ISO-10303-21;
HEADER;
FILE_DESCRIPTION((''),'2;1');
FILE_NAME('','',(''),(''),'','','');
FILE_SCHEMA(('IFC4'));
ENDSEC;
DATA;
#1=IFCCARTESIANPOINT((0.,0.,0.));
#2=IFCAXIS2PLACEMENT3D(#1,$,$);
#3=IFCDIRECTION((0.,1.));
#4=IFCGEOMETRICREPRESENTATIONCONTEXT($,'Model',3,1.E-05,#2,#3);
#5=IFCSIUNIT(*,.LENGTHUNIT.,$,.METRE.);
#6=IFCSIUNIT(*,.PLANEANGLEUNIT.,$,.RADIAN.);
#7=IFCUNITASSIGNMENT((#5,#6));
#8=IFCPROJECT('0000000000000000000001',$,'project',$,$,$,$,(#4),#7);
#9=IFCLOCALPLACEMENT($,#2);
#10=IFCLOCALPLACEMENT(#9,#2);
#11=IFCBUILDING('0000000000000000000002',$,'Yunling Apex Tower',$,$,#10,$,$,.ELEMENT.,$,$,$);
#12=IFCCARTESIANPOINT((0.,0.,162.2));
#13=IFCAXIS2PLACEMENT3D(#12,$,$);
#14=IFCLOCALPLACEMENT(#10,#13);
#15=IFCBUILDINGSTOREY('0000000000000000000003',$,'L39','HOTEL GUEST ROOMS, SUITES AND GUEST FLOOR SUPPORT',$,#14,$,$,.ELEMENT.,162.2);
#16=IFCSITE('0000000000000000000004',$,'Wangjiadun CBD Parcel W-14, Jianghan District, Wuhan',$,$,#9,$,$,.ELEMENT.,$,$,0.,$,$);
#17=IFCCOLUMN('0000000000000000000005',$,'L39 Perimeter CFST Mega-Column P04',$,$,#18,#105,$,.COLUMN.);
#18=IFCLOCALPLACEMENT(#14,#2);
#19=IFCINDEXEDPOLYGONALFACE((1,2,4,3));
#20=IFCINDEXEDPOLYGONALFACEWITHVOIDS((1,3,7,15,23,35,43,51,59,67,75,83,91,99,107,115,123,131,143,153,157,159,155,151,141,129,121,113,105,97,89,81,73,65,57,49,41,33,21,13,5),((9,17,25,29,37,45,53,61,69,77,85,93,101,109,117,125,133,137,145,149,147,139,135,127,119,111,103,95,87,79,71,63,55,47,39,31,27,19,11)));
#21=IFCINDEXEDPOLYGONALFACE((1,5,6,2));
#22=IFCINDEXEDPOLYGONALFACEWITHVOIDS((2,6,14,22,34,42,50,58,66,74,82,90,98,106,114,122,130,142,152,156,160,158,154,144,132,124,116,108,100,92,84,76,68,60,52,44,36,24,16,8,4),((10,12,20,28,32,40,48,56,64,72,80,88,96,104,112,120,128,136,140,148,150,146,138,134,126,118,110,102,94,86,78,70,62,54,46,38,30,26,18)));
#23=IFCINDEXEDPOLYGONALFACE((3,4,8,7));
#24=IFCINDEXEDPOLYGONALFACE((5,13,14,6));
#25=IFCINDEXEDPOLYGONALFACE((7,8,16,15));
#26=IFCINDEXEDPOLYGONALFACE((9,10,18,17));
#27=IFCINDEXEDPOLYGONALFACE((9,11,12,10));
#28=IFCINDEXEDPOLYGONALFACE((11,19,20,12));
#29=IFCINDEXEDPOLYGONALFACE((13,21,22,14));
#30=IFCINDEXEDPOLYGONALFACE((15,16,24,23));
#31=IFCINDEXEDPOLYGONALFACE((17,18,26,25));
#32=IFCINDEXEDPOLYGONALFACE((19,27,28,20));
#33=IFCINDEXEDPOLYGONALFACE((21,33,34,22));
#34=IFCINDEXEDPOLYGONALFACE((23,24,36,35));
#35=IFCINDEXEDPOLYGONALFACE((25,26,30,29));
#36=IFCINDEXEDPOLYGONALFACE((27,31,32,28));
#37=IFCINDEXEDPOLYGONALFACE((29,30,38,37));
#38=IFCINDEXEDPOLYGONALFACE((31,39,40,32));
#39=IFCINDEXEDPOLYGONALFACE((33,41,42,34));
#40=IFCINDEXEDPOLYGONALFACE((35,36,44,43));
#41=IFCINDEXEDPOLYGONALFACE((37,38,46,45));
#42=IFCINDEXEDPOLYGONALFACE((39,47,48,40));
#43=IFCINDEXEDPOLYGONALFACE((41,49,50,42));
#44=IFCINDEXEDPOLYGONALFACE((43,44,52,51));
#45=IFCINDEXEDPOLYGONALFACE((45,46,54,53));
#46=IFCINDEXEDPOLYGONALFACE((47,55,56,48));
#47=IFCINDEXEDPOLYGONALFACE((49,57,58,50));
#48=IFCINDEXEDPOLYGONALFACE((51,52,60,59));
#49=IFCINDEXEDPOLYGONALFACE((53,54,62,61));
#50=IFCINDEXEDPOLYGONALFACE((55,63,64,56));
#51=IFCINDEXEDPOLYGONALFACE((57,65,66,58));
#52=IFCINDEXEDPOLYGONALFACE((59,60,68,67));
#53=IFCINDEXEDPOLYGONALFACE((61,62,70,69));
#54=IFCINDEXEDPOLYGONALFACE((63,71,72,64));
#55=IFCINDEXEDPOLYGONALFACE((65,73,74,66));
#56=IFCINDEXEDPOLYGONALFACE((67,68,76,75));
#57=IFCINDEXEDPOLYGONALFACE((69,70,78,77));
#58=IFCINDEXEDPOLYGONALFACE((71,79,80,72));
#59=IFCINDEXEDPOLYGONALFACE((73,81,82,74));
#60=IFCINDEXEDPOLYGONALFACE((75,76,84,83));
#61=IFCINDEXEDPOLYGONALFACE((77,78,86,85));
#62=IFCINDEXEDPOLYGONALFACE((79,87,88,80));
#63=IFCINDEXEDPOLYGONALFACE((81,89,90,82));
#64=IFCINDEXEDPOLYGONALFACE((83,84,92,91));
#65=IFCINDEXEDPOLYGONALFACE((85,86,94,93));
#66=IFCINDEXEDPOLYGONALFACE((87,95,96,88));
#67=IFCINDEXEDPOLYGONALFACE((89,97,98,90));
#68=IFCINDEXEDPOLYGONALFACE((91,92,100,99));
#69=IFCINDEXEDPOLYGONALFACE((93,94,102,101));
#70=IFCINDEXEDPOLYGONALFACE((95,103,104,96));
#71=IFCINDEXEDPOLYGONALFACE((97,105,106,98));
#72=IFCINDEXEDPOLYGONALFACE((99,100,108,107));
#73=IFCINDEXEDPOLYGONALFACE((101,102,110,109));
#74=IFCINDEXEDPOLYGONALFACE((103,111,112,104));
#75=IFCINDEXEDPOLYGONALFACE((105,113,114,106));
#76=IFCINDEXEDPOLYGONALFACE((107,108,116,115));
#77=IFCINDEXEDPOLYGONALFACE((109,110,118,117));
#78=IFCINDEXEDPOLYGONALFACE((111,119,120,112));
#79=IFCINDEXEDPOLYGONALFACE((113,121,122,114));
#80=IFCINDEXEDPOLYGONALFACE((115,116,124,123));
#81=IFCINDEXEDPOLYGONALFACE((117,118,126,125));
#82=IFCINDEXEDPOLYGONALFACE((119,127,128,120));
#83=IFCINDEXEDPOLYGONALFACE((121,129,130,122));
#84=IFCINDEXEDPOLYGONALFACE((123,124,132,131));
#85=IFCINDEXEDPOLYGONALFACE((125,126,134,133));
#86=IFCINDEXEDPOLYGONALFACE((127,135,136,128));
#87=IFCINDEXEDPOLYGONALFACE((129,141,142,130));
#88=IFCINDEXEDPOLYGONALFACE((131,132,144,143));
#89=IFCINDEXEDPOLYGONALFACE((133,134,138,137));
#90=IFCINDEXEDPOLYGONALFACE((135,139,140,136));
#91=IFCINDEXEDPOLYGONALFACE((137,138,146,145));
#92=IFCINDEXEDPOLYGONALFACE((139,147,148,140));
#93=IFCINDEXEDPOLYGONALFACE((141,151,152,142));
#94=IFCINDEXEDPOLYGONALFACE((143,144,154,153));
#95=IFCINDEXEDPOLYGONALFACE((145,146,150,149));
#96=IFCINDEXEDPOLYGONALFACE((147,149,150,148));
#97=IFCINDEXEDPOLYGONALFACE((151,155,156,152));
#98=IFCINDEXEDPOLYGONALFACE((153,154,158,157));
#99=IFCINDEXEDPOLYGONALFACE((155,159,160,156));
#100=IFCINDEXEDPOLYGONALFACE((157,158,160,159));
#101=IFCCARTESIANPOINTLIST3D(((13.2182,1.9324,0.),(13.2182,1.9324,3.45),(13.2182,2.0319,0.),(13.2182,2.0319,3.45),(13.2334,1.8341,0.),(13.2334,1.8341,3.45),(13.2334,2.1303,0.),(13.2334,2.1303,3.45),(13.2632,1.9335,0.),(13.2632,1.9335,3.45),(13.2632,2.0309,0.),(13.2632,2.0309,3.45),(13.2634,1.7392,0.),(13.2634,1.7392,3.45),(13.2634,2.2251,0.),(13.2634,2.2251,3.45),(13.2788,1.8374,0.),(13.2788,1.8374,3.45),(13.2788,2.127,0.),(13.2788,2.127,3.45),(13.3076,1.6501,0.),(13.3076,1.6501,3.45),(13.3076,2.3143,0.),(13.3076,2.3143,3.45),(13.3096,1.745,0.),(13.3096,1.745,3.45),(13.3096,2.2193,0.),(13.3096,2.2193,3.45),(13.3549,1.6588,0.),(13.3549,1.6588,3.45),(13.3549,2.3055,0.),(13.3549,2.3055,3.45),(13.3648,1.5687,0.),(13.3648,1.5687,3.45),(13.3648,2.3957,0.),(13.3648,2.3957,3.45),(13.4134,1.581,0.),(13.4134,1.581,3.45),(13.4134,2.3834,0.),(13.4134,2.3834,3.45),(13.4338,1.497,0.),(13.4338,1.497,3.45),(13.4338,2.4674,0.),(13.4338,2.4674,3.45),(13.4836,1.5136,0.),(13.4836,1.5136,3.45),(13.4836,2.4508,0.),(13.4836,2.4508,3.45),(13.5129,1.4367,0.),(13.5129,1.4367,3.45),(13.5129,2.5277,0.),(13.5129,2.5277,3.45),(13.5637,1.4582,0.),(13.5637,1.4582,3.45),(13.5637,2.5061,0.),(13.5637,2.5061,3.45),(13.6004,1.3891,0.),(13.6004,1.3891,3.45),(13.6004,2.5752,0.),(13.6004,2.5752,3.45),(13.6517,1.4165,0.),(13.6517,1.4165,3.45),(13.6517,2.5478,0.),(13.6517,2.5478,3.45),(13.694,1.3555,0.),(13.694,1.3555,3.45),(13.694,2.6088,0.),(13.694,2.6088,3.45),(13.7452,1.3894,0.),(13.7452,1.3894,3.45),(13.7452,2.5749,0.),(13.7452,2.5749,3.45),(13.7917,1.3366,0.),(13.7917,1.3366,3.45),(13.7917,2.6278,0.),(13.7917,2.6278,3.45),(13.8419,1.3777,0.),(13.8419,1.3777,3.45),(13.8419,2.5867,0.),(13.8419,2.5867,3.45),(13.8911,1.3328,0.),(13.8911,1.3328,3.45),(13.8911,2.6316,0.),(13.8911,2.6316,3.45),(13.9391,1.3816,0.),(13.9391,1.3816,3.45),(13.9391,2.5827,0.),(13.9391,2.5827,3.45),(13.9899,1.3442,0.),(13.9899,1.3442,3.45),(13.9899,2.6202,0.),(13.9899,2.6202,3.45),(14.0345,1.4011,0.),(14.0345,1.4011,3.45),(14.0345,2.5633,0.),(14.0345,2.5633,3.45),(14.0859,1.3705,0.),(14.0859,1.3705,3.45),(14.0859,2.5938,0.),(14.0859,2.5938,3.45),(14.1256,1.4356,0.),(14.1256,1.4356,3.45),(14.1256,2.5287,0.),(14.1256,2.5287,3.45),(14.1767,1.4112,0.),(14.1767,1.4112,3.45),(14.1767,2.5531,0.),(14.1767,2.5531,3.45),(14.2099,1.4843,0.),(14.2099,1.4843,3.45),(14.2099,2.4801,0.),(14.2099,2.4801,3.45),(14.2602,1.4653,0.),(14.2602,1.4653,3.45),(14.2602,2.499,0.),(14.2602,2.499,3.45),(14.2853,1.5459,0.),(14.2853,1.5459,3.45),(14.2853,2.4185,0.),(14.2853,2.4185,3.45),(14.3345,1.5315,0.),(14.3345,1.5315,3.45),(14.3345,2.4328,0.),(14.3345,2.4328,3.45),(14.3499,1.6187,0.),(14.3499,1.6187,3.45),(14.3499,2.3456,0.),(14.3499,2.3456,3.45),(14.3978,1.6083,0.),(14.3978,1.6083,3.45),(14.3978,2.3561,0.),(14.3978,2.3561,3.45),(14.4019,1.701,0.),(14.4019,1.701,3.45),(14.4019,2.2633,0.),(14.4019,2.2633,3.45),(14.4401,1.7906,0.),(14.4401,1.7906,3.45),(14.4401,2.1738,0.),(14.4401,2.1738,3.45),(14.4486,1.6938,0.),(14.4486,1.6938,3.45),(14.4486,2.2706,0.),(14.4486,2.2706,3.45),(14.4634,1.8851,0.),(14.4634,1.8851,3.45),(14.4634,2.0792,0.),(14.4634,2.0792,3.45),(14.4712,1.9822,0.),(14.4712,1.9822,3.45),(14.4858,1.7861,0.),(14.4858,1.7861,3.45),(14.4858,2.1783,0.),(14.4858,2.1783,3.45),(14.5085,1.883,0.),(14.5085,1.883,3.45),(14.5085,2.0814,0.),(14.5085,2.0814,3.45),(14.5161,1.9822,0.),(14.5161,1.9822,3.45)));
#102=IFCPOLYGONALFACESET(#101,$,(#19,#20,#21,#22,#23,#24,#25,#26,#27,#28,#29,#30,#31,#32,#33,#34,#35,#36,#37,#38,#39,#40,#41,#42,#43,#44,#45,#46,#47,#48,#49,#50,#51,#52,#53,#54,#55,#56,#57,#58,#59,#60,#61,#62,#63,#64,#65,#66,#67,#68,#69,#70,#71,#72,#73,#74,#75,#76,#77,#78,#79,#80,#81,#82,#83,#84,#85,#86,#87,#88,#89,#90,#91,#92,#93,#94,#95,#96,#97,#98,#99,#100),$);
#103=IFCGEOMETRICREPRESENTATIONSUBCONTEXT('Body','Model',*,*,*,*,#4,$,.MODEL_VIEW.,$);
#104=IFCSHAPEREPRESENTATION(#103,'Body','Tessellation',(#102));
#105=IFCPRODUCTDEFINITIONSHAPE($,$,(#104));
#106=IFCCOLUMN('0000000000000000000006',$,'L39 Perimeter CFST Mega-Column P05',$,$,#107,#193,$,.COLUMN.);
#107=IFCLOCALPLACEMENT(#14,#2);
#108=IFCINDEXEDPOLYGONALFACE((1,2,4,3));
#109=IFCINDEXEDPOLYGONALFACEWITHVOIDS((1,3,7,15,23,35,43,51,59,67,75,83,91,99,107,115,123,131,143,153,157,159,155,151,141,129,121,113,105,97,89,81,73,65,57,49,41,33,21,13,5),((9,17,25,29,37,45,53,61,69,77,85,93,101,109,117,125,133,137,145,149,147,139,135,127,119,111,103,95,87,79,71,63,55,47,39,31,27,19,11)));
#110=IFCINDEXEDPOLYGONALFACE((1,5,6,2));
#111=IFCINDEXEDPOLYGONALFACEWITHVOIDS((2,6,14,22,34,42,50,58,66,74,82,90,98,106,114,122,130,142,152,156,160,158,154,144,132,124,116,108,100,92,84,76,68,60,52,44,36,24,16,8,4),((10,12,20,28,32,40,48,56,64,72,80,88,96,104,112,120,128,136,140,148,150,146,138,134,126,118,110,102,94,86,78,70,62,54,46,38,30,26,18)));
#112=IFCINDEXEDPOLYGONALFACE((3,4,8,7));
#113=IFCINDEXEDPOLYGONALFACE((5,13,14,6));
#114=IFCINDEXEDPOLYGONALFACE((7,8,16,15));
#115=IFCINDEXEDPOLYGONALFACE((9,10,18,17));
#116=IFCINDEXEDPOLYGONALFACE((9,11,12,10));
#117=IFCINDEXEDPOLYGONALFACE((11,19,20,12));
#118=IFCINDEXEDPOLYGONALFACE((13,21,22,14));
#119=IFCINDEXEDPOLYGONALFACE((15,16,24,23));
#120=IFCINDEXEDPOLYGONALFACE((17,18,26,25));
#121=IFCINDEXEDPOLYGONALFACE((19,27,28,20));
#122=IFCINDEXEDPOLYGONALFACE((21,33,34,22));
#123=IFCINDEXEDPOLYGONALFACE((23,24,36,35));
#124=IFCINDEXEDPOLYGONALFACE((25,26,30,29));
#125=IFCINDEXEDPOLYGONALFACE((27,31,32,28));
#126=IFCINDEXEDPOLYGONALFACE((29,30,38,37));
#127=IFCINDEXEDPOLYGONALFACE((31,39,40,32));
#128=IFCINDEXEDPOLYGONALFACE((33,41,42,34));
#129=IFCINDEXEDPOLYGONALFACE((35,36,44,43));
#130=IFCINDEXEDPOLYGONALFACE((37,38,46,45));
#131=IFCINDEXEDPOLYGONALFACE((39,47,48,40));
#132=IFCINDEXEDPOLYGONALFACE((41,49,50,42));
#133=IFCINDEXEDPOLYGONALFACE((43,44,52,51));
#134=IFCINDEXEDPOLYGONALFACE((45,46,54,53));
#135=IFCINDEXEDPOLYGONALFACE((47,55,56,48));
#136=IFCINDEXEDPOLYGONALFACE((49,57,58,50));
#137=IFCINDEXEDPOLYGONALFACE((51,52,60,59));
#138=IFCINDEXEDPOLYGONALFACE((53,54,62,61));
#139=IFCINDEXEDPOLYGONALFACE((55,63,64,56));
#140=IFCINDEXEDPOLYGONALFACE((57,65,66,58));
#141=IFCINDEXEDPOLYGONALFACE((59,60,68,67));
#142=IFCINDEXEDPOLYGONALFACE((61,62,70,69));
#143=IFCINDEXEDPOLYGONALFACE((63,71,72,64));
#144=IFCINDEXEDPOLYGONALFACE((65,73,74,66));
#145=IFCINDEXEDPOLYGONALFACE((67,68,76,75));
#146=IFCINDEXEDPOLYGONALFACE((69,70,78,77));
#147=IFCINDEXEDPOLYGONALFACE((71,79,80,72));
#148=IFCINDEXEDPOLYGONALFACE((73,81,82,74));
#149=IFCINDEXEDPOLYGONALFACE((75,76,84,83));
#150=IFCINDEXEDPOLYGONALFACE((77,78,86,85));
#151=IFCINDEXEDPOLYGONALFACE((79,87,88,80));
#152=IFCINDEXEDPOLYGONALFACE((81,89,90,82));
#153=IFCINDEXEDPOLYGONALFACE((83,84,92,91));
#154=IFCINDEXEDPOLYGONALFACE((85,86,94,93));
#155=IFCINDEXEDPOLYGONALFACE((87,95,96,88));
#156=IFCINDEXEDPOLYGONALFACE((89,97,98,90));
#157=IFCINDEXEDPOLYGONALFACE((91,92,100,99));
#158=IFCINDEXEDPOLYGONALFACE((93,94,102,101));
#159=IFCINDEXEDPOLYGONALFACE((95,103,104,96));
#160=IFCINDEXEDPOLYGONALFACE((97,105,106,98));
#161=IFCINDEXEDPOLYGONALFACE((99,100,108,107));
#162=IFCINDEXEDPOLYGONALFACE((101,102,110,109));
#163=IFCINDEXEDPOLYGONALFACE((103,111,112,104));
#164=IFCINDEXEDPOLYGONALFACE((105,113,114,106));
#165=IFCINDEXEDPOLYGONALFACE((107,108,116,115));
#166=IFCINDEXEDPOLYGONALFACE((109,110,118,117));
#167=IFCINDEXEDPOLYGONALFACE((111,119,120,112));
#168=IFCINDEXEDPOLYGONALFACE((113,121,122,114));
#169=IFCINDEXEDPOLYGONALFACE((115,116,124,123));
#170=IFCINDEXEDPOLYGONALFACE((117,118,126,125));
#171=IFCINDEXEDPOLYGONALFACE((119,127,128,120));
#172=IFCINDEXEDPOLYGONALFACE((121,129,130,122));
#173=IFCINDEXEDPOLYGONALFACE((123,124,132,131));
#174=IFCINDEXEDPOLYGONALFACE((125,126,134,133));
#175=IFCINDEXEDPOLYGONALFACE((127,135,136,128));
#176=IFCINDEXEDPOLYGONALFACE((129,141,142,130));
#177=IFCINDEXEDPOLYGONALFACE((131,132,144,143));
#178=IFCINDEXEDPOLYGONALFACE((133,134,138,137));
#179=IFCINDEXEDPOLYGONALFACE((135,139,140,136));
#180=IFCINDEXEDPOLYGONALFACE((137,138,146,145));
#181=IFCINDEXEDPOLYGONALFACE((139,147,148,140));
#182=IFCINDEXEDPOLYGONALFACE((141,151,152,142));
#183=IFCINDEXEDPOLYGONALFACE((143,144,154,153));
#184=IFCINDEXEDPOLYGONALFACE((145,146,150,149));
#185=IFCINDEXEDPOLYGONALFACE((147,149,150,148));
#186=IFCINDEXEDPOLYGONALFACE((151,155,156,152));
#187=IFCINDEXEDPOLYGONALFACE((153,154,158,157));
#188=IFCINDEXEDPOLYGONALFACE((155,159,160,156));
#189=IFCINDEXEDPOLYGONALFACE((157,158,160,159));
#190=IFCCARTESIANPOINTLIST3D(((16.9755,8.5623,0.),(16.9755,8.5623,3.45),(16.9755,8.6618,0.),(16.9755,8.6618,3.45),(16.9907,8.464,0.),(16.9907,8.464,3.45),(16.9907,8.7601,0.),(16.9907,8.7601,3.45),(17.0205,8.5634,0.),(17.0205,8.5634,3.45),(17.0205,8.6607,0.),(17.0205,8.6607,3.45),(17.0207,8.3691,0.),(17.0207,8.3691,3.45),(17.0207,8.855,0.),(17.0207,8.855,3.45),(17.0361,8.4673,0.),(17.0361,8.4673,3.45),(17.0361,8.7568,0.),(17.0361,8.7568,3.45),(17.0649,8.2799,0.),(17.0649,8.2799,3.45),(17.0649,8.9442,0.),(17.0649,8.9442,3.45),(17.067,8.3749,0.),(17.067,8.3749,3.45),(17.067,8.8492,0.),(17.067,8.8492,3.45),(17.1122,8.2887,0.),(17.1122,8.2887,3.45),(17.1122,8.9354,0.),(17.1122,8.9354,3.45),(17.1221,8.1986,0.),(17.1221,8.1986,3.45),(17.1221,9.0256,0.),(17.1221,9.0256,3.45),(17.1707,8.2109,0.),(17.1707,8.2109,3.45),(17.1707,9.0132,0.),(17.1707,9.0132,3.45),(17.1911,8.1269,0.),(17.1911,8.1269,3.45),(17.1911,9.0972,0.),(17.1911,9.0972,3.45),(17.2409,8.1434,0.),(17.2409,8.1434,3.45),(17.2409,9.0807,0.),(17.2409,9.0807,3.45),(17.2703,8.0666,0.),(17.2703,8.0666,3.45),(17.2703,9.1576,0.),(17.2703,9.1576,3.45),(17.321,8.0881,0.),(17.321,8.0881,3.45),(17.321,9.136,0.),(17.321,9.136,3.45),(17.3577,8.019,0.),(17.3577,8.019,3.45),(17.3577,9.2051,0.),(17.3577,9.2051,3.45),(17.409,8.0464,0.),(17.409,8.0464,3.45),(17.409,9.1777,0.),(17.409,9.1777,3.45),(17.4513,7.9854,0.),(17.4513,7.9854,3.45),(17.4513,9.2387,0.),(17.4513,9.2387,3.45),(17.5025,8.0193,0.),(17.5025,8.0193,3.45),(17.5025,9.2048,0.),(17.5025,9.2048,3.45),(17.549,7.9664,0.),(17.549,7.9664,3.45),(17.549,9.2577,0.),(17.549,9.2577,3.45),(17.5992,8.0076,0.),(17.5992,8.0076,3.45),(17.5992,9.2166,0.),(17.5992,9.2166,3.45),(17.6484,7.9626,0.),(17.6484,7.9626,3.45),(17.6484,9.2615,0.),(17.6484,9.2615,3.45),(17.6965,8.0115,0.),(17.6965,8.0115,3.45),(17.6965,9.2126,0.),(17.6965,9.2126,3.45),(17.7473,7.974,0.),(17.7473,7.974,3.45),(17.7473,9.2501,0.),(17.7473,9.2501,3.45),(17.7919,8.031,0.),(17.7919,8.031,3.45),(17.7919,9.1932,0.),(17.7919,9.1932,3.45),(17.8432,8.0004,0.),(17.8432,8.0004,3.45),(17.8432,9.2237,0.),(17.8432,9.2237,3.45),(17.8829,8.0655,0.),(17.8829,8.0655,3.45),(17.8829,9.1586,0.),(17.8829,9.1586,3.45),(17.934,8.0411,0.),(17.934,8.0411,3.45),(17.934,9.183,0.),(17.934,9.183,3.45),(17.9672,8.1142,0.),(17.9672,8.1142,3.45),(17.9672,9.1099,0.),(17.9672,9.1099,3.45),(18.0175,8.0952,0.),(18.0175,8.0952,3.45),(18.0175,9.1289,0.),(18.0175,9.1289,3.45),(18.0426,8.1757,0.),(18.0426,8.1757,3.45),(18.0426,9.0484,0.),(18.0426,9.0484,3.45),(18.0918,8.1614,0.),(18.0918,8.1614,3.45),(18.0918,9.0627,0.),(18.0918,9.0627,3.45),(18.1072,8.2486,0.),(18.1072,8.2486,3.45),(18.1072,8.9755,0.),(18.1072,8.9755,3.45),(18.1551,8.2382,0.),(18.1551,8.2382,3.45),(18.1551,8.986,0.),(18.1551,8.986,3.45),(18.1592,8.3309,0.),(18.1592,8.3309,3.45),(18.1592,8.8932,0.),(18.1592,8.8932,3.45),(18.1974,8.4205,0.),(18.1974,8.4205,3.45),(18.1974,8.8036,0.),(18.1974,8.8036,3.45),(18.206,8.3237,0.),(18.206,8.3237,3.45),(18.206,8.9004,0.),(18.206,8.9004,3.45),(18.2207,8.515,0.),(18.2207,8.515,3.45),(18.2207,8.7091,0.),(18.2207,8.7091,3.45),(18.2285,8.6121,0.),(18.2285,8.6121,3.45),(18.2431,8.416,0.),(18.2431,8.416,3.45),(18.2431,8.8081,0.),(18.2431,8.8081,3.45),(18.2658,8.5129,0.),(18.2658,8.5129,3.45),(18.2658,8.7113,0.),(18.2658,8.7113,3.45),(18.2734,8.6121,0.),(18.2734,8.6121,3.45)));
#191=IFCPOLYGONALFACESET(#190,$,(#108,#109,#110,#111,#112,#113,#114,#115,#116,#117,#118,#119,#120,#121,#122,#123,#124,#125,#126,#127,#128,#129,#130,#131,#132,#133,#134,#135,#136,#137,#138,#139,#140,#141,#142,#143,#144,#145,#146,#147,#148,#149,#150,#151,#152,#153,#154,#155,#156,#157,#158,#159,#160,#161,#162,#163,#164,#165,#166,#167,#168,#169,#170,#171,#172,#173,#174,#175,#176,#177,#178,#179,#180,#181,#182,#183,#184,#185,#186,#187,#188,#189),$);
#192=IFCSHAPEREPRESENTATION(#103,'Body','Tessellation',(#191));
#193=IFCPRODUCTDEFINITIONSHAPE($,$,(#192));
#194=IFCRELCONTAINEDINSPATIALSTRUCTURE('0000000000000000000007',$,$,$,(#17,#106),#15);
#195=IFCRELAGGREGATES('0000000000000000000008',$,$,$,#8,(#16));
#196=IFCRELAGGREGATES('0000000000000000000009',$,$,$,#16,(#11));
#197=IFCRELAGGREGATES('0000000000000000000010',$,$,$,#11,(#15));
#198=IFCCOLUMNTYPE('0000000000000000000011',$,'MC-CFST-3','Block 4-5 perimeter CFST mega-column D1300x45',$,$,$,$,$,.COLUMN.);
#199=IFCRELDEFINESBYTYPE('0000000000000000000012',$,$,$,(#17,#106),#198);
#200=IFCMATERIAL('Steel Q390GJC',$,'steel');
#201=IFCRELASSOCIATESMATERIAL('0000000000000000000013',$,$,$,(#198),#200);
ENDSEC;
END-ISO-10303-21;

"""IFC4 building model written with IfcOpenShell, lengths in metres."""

from ifc_helpers import new_model, si_unit, direction, frame, origin, origin_2d, place, context, subcontext, project, spatial, hollow_circle, extrude, source, transform, mapped, material, material_profile, profile_set, type_object, element, save


model = new_model("IFC4")

# Units and contexts
model_context = context("Model", 3, precision=1e-05, world=origin(), true_north=direction((0.0, 1.0)))
body_context = subcontext(model_context, "Body", "Model", "MODEL_VIEW")
ifc_project = project(units=[si_unit("LENGTHUNIT", "METRE"), si_unit("PLANEANGLEUNIT", "RADIAN")], contexts=[model_context])

# Site, building, storey
site_placement = place(None, origin())
site = spatial("IfcSite", under=ifc_project, at=site_placement, Name="Wangjiadun CBD Parcel W-14, Jianghan District, Wuhan", CompositionType="ELEMENT", RefElevation=0.0)
building_placement = place(site_placement, origin())
building = spatial("IfcBuilding", under=site, at=building_placement, Name="Yunling Apex Tower", CompositionType="ELEMENT")
storey_placement = place(building_placement, frame((0.0, 0.0, 162.2)))
storey = spatial("IfcBuildingStorey", under=building, at=storey_placement, Name="L39", Description="HOTEL GUEST ROOMS, SUITES AND GUEST FLOOR SUPPORT", CompositionType="ELEMENT", Elevation=162.2)

# Columns
ifc_material_1 = material(Name="Steel Q390GJC", Category="steel")
ifc_material_profile_1 = material_profile(ifc_material_1, hollow_circle(Radius=0.6499, WallThickness=0.0449, at=origin_2d()))
ifc_profile_set_1 = profile_set([ifc_material_profile_1], Name="Steel Q390GJC")
column_type = type_object("IfcColumnType", Name="MC-CFST-3", Description="Block 4-5 perimeter CFST mega-column D1300x45", PredefinedType="COLUMN", material=ifc_profile_set_1)
shared_shape_1 = source(origin(), body_context, "Body", "SweptSolid", [
    extrude(hollow_circle(Radius=0.6499, WallThickness=0.0449, at=origin_2d()), origin(), (0.0, 0.0, 1.0), 3.45),
])
for number, where, z_axis, x_axis, name in (
    (1, (13.8662, 1.9822, 0.0), (0.0, 0.0, 1.0), (1.0, 0.0, 0.0), "L39 Perimeter CFST Mega-Column P04"),
    (2, (17.6235, 8.6121, 0.0), (0.0, 0.0, 1.0), (1.0, 0.0, 0.0), "L39 Perimeter CFST Mega-Column P05"),
):
    element("IfcColumn", number, at=place(storey_placement, frame(where, z_axis=z_axis, x_axis=x_axis)), inside=storey, type_object=column_type, Name=name, PredefinedType="COLUMN", context=body_context, shape_type="MappedRepresentation", body=[
        mapped(shared_shape_1, transform((0.0, 0.0, 0.0), scale=1.0)),
    ])

save(model, "model.ifc")
